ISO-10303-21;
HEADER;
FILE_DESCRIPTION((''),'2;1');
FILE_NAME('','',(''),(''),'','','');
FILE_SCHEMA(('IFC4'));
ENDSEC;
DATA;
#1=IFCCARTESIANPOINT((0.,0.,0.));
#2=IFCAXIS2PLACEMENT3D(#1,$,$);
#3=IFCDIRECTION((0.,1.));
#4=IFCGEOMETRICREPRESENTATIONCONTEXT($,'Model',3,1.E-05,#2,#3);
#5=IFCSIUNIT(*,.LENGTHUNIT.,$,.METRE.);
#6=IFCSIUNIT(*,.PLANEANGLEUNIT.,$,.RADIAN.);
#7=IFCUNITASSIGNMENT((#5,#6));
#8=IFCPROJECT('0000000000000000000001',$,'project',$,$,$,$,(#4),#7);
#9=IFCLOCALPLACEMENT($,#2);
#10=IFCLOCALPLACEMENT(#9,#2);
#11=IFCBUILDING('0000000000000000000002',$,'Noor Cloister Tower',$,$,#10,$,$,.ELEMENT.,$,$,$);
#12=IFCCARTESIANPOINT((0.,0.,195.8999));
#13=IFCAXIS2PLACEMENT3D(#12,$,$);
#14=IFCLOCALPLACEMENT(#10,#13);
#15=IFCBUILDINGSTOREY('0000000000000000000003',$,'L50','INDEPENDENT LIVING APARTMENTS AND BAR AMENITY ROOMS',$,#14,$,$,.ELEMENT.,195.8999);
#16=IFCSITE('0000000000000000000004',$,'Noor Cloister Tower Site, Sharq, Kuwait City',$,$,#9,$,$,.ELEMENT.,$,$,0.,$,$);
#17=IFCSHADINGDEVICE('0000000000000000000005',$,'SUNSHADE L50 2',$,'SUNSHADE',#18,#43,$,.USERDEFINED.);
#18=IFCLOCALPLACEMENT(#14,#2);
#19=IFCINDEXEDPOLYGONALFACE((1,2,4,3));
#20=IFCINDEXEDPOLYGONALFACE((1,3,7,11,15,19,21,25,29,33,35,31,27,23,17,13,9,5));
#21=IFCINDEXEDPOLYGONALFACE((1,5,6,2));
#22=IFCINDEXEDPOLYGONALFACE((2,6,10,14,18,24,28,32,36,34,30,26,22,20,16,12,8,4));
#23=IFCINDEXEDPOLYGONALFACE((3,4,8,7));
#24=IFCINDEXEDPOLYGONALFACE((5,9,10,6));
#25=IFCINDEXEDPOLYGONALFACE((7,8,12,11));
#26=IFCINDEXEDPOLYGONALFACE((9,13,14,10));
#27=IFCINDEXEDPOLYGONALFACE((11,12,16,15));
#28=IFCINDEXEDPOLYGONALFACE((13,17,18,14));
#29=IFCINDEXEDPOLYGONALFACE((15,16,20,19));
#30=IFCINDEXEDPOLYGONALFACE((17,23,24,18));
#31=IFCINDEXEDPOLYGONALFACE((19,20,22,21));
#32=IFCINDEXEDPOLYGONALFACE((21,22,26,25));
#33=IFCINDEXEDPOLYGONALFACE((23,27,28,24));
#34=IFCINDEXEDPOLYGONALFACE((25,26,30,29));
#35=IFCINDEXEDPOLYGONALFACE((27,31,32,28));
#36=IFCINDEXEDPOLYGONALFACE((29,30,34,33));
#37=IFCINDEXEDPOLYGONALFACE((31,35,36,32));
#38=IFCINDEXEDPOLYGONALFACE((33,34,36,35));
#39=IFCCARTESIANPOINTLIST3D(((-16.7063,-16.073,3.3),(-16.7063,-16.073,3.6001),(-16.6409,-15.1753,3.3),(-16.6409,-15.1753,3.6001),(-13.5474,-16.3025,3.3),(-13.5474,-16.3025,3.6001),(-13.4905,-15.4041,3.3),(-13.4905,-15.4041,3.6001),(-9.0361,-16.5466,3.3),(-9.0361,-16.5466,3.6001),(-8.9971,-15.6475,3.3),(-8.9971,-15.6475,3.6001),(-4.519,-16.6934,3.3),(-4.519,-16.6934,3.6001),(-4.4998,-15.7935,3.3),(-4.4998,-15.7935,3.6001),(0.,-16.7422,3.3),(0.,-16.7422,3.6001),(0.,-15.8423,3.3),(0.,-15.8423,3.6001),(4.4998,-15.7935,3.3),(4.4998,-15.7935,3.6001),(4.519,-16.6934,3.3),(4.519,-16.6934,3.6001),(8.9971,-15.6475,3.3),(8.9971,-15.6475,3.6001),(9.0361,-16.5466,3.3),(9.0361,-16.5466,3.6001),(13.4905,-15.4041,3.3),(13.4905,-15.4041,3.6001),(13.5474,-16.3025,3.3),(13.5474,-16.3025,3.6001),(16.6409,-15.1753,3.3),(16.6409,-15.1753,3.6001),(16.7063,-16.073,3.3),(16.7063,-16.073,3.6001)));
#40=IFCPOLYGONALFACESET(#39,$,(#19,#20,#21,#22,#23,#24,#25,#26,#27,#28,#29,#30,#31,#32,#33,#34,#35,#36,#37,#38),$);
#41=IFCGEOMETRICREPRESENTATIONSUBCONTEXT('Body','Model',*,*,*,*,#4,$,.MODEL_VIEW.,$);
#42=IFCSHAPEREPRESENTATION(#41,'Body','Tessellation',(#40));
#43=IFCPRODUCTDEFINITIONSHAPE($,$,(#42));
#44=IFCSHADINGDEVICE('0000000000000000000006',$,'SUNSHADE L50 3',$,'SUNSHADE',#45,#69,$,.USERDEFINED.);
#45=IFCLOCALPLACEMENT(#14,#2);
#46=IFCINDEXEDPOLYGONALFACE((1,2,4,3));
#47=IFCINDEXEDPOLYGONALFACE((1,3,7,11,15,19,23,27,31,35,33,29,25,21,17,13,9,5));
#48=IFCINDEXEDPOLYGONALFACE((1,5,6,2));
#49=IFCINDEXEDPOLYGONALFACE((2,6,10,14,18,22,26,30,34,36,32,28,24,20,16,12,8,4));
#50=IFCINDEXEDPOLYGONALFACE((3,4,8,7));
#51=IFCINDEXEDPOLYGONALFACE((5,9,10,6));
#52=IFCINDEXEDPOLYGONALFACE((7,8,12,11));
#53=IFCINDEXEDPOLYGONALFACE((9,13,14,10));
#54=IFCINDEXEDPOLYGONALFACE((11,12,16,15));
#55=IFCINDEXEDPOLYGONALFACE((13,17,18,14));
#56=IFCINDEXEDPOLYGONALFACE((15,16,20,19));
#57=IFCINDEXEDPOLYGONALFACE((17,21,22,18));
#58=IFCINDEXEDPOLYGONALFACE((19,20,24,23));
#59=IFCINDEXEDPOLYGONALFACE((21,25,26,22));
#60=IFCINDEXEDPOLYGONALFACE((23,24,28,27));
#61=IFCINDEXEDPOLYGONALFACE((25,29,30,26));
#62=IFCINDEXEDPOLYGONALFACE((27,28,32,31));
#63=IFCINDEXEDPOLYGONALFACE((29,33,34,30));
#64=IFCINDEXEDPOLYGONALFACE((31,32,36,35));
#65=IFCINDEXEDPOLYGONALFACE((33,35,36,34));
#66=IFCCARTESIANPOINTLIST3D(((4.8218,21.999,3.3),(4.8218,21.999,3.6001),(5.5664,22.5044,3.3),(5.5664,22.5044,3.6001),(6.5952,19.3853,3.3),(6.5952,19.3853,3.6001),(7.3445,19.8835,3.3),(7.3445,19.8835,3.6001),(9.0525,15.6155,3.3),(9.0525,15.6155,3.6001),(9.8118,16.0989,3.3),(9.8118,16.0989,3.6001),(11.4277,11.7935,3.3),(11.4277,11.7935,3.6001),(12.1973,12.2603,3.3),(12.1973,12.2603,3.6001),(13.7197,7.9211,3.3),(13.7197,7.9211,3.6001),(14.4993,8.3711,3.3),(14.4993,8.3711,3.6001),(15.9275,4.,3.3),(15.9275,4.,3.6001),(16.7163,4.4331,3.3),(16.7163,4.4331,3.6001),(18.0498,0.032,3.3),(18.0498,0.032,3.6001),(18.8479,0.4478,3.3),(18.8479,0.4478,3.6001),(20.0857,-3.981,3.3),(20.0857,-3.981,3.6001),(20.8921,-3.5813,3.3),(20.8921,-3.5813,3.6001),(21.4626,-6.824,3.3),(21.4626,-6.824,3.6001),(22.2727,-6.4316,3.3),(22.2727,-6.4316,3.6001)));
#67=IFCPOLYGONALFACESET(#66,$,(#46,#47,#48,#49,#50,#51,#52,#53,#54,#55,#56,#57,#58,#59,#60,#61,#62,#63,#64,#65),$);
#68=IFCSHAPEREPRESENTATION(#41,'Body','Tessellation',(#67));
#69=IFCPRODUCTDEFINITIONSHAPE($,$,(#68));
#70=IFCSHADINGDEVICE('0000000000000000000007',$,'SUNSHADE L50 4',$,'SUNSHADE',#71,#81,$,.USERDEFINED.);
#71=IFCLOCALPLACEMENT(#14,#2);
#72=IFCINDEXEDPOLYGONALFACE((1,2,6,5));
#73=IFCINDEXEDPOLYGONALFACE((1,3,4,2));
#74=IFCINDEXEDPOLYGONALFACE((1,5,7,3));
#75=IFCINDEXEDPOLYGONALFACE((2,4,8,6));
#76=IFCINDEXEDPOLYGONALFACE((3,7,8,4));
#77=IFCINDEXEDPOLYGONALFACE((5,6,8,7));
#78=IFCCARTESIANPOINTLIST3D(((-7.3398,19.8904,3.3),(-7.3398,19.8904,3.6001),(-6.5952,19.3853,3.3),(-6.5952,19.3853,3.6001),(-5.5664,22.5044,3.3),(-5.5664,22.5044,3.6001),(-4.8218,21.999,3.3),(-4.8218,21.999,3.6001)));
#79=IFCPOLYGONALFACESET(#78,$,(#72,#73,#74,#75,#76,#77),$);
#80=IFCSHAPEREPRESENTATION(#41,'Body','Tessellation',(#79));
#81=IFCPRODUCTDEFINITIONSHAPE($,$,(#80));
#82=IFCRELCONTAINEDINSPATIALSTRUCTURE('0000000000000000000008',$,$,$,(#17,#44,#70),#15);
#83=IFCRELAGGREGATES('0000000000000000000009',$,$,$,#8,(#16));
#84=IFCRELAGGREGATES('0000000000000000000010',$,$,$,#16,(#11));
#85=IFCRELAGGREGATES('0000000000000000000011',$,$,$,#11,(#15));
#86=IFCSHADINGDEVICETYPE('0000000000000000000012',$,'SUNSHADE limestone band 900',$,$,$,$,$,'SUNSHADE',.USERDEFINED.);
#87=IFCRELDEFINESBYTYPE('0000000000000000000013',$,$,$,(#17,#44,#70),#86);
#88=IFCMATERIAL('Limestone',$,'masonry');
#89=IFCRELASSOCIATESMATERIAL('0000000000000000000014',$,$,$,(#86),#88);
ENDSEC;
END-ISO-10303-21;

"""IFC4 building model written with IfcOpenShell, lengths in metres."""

from ifc_helpers import new_model, si_unit, direction, frame, origin, place, context, subcontext, project, spatial, polyline, outline, extrude, material, type_object, element, save


model = new_model("IFC4")

# Units and contexts
model_context = context("Model", 3, precision=1e-05, world=origin(), true_north=direction((0.0, 1.0)))
body_context = subcontext(model_context, "Body", "Model", "MODEL_VIEW")
ifc_project = project(units=[si_unit("LENGTHUNIT", "METRE"), si_unit("PLANEANGLEUNIT", "RADIAN")], contexts=[model_context])

# Site, building, storey
site_placement = place(None, origin())
site = spatial("IfcSite", under=ifc_project, at=site_placement, Name="Noor Cloister Tower Site, Sharq, Kuwait City", CompositionType="ELEMENT", RefElevation=0.0)
building_placement = place(site_placement, origin())
building = spatial("IfcBuilding", under=site, at=building_placement, Name="Noor Cloister Tower", CompositionType="ELEMENT")
storey_placement = place(building_placement, frame((0.0, 0.0, 195.8999)))
storey = spatial("IfcBuildingStorey", under=building, at=storey_placement, Name="L50", Description="INDEPENDENT LIVING APARTMENTS AND BAR AMENITY ROOMS", CompositionType="ELEMENT", Elevation=195.8999)

# Shading devices
ifc_material_1 = material(Name="Limestone", Category="masonry")
shading_device_type_1 = type_object("IfcShadingDeviceType", Name="SUNSHADE limestone band 900", ElementType="SUNSHADE", PredefinedType="USERDEFINED", material=ifc_material_1)
shading_device_1_placement = place(storey_placement, frame((0.0, 0.0, 3.3)))
element("IfcShadingDevice", 1, at=shading_device_1_placement, inside=storey, type_object=shading_device_type_1, Name="SUNSHADE L50 2", ObjectType="SUNSHADE", PredefinedType="USERDEFINED", context=body_context, shape_type="SweptSolid", body=[
    extrude(outline(polyline([(-16.7063, -16.073), (-13.5474, -16.3025), (-9.0361, -16.5466), (-4.519, -16.6934), (0.0, -16.7422), (4.519, -16.6934), (9.0361, -16.5466), (13.5474, -16.3025), (16.7063, -16.073), (16.6409, -15.1753), (13.4905, -15.4041), (8.9971, -15.6475), (4.4998, -15.7935), (0.0, -15.8423), (-4.4998, -15.7935), (-8.9971, -15.6475), (-13.4905, -15.4041), (-16.6409, -15.1753), (-16.7063, -16.073)])), origin(), (0.0, 0.0, 1.0), 0.3),
])
shading_device_2_placement = place(storey_placement, frame((0.0, 0.0, 3.3)))
element("IfcShadingDevice", 2, at=shading_device_2_placement, inside=storey, type_object=shading_device_type_1, Name="SUNSHADE L50 3", ObjectType="SUNSHADE", PredefinedType="USERDEFINED", context=body_context, shape_type="SweptSolid", body=[
    extrude(outline(polyline([(22.2727, -6.4316), (20.8921, -3.5813), (18.8479, 0.4478), (16.7163, 4.4331), (14.4993, 8.3711), (12.1973, 12.2603), (9.8118, 16.0989), (7.3445, 19.8835), (5.5664, 22.5044), (4.8218, 21.999), (6.5952, 19.3853), (9.0525, 15.6155), (11.4277, 11.7935), (13.7197, 7.9211), (15.9275, 4.0), (18.0498, 0.032), (20.0857, -3.981), (21.4626, -6.824), (22.2727, -6.4316)])), origin(), (0.0, 0.0, 1.0), 0.3),
])
shading_device_3_placement = place(storey_placement, frame((0.0, 0.0, 3.3)))
element("IfcShadingDevice", 3, at=shading_device_3_placement, inside=storey, type_object=shading_device_type_1, Name="SUNSHADE L50 4", ObjectType="SUNSHADE", PredefinedType="USERDEFINED", context=body_context, shape_type="SweptSolid", body=[
    extrude(outline(polyline([(-5.5664, 22.5044), (-7.3398, 19.8904), (-6.5952, 19.3853), (-4.8218, 21.999), (-5.5664, 22.5044)])), origin(), (0.0, 0.0, 1.0), 0.3),
])

save(model, "model.ifc")
